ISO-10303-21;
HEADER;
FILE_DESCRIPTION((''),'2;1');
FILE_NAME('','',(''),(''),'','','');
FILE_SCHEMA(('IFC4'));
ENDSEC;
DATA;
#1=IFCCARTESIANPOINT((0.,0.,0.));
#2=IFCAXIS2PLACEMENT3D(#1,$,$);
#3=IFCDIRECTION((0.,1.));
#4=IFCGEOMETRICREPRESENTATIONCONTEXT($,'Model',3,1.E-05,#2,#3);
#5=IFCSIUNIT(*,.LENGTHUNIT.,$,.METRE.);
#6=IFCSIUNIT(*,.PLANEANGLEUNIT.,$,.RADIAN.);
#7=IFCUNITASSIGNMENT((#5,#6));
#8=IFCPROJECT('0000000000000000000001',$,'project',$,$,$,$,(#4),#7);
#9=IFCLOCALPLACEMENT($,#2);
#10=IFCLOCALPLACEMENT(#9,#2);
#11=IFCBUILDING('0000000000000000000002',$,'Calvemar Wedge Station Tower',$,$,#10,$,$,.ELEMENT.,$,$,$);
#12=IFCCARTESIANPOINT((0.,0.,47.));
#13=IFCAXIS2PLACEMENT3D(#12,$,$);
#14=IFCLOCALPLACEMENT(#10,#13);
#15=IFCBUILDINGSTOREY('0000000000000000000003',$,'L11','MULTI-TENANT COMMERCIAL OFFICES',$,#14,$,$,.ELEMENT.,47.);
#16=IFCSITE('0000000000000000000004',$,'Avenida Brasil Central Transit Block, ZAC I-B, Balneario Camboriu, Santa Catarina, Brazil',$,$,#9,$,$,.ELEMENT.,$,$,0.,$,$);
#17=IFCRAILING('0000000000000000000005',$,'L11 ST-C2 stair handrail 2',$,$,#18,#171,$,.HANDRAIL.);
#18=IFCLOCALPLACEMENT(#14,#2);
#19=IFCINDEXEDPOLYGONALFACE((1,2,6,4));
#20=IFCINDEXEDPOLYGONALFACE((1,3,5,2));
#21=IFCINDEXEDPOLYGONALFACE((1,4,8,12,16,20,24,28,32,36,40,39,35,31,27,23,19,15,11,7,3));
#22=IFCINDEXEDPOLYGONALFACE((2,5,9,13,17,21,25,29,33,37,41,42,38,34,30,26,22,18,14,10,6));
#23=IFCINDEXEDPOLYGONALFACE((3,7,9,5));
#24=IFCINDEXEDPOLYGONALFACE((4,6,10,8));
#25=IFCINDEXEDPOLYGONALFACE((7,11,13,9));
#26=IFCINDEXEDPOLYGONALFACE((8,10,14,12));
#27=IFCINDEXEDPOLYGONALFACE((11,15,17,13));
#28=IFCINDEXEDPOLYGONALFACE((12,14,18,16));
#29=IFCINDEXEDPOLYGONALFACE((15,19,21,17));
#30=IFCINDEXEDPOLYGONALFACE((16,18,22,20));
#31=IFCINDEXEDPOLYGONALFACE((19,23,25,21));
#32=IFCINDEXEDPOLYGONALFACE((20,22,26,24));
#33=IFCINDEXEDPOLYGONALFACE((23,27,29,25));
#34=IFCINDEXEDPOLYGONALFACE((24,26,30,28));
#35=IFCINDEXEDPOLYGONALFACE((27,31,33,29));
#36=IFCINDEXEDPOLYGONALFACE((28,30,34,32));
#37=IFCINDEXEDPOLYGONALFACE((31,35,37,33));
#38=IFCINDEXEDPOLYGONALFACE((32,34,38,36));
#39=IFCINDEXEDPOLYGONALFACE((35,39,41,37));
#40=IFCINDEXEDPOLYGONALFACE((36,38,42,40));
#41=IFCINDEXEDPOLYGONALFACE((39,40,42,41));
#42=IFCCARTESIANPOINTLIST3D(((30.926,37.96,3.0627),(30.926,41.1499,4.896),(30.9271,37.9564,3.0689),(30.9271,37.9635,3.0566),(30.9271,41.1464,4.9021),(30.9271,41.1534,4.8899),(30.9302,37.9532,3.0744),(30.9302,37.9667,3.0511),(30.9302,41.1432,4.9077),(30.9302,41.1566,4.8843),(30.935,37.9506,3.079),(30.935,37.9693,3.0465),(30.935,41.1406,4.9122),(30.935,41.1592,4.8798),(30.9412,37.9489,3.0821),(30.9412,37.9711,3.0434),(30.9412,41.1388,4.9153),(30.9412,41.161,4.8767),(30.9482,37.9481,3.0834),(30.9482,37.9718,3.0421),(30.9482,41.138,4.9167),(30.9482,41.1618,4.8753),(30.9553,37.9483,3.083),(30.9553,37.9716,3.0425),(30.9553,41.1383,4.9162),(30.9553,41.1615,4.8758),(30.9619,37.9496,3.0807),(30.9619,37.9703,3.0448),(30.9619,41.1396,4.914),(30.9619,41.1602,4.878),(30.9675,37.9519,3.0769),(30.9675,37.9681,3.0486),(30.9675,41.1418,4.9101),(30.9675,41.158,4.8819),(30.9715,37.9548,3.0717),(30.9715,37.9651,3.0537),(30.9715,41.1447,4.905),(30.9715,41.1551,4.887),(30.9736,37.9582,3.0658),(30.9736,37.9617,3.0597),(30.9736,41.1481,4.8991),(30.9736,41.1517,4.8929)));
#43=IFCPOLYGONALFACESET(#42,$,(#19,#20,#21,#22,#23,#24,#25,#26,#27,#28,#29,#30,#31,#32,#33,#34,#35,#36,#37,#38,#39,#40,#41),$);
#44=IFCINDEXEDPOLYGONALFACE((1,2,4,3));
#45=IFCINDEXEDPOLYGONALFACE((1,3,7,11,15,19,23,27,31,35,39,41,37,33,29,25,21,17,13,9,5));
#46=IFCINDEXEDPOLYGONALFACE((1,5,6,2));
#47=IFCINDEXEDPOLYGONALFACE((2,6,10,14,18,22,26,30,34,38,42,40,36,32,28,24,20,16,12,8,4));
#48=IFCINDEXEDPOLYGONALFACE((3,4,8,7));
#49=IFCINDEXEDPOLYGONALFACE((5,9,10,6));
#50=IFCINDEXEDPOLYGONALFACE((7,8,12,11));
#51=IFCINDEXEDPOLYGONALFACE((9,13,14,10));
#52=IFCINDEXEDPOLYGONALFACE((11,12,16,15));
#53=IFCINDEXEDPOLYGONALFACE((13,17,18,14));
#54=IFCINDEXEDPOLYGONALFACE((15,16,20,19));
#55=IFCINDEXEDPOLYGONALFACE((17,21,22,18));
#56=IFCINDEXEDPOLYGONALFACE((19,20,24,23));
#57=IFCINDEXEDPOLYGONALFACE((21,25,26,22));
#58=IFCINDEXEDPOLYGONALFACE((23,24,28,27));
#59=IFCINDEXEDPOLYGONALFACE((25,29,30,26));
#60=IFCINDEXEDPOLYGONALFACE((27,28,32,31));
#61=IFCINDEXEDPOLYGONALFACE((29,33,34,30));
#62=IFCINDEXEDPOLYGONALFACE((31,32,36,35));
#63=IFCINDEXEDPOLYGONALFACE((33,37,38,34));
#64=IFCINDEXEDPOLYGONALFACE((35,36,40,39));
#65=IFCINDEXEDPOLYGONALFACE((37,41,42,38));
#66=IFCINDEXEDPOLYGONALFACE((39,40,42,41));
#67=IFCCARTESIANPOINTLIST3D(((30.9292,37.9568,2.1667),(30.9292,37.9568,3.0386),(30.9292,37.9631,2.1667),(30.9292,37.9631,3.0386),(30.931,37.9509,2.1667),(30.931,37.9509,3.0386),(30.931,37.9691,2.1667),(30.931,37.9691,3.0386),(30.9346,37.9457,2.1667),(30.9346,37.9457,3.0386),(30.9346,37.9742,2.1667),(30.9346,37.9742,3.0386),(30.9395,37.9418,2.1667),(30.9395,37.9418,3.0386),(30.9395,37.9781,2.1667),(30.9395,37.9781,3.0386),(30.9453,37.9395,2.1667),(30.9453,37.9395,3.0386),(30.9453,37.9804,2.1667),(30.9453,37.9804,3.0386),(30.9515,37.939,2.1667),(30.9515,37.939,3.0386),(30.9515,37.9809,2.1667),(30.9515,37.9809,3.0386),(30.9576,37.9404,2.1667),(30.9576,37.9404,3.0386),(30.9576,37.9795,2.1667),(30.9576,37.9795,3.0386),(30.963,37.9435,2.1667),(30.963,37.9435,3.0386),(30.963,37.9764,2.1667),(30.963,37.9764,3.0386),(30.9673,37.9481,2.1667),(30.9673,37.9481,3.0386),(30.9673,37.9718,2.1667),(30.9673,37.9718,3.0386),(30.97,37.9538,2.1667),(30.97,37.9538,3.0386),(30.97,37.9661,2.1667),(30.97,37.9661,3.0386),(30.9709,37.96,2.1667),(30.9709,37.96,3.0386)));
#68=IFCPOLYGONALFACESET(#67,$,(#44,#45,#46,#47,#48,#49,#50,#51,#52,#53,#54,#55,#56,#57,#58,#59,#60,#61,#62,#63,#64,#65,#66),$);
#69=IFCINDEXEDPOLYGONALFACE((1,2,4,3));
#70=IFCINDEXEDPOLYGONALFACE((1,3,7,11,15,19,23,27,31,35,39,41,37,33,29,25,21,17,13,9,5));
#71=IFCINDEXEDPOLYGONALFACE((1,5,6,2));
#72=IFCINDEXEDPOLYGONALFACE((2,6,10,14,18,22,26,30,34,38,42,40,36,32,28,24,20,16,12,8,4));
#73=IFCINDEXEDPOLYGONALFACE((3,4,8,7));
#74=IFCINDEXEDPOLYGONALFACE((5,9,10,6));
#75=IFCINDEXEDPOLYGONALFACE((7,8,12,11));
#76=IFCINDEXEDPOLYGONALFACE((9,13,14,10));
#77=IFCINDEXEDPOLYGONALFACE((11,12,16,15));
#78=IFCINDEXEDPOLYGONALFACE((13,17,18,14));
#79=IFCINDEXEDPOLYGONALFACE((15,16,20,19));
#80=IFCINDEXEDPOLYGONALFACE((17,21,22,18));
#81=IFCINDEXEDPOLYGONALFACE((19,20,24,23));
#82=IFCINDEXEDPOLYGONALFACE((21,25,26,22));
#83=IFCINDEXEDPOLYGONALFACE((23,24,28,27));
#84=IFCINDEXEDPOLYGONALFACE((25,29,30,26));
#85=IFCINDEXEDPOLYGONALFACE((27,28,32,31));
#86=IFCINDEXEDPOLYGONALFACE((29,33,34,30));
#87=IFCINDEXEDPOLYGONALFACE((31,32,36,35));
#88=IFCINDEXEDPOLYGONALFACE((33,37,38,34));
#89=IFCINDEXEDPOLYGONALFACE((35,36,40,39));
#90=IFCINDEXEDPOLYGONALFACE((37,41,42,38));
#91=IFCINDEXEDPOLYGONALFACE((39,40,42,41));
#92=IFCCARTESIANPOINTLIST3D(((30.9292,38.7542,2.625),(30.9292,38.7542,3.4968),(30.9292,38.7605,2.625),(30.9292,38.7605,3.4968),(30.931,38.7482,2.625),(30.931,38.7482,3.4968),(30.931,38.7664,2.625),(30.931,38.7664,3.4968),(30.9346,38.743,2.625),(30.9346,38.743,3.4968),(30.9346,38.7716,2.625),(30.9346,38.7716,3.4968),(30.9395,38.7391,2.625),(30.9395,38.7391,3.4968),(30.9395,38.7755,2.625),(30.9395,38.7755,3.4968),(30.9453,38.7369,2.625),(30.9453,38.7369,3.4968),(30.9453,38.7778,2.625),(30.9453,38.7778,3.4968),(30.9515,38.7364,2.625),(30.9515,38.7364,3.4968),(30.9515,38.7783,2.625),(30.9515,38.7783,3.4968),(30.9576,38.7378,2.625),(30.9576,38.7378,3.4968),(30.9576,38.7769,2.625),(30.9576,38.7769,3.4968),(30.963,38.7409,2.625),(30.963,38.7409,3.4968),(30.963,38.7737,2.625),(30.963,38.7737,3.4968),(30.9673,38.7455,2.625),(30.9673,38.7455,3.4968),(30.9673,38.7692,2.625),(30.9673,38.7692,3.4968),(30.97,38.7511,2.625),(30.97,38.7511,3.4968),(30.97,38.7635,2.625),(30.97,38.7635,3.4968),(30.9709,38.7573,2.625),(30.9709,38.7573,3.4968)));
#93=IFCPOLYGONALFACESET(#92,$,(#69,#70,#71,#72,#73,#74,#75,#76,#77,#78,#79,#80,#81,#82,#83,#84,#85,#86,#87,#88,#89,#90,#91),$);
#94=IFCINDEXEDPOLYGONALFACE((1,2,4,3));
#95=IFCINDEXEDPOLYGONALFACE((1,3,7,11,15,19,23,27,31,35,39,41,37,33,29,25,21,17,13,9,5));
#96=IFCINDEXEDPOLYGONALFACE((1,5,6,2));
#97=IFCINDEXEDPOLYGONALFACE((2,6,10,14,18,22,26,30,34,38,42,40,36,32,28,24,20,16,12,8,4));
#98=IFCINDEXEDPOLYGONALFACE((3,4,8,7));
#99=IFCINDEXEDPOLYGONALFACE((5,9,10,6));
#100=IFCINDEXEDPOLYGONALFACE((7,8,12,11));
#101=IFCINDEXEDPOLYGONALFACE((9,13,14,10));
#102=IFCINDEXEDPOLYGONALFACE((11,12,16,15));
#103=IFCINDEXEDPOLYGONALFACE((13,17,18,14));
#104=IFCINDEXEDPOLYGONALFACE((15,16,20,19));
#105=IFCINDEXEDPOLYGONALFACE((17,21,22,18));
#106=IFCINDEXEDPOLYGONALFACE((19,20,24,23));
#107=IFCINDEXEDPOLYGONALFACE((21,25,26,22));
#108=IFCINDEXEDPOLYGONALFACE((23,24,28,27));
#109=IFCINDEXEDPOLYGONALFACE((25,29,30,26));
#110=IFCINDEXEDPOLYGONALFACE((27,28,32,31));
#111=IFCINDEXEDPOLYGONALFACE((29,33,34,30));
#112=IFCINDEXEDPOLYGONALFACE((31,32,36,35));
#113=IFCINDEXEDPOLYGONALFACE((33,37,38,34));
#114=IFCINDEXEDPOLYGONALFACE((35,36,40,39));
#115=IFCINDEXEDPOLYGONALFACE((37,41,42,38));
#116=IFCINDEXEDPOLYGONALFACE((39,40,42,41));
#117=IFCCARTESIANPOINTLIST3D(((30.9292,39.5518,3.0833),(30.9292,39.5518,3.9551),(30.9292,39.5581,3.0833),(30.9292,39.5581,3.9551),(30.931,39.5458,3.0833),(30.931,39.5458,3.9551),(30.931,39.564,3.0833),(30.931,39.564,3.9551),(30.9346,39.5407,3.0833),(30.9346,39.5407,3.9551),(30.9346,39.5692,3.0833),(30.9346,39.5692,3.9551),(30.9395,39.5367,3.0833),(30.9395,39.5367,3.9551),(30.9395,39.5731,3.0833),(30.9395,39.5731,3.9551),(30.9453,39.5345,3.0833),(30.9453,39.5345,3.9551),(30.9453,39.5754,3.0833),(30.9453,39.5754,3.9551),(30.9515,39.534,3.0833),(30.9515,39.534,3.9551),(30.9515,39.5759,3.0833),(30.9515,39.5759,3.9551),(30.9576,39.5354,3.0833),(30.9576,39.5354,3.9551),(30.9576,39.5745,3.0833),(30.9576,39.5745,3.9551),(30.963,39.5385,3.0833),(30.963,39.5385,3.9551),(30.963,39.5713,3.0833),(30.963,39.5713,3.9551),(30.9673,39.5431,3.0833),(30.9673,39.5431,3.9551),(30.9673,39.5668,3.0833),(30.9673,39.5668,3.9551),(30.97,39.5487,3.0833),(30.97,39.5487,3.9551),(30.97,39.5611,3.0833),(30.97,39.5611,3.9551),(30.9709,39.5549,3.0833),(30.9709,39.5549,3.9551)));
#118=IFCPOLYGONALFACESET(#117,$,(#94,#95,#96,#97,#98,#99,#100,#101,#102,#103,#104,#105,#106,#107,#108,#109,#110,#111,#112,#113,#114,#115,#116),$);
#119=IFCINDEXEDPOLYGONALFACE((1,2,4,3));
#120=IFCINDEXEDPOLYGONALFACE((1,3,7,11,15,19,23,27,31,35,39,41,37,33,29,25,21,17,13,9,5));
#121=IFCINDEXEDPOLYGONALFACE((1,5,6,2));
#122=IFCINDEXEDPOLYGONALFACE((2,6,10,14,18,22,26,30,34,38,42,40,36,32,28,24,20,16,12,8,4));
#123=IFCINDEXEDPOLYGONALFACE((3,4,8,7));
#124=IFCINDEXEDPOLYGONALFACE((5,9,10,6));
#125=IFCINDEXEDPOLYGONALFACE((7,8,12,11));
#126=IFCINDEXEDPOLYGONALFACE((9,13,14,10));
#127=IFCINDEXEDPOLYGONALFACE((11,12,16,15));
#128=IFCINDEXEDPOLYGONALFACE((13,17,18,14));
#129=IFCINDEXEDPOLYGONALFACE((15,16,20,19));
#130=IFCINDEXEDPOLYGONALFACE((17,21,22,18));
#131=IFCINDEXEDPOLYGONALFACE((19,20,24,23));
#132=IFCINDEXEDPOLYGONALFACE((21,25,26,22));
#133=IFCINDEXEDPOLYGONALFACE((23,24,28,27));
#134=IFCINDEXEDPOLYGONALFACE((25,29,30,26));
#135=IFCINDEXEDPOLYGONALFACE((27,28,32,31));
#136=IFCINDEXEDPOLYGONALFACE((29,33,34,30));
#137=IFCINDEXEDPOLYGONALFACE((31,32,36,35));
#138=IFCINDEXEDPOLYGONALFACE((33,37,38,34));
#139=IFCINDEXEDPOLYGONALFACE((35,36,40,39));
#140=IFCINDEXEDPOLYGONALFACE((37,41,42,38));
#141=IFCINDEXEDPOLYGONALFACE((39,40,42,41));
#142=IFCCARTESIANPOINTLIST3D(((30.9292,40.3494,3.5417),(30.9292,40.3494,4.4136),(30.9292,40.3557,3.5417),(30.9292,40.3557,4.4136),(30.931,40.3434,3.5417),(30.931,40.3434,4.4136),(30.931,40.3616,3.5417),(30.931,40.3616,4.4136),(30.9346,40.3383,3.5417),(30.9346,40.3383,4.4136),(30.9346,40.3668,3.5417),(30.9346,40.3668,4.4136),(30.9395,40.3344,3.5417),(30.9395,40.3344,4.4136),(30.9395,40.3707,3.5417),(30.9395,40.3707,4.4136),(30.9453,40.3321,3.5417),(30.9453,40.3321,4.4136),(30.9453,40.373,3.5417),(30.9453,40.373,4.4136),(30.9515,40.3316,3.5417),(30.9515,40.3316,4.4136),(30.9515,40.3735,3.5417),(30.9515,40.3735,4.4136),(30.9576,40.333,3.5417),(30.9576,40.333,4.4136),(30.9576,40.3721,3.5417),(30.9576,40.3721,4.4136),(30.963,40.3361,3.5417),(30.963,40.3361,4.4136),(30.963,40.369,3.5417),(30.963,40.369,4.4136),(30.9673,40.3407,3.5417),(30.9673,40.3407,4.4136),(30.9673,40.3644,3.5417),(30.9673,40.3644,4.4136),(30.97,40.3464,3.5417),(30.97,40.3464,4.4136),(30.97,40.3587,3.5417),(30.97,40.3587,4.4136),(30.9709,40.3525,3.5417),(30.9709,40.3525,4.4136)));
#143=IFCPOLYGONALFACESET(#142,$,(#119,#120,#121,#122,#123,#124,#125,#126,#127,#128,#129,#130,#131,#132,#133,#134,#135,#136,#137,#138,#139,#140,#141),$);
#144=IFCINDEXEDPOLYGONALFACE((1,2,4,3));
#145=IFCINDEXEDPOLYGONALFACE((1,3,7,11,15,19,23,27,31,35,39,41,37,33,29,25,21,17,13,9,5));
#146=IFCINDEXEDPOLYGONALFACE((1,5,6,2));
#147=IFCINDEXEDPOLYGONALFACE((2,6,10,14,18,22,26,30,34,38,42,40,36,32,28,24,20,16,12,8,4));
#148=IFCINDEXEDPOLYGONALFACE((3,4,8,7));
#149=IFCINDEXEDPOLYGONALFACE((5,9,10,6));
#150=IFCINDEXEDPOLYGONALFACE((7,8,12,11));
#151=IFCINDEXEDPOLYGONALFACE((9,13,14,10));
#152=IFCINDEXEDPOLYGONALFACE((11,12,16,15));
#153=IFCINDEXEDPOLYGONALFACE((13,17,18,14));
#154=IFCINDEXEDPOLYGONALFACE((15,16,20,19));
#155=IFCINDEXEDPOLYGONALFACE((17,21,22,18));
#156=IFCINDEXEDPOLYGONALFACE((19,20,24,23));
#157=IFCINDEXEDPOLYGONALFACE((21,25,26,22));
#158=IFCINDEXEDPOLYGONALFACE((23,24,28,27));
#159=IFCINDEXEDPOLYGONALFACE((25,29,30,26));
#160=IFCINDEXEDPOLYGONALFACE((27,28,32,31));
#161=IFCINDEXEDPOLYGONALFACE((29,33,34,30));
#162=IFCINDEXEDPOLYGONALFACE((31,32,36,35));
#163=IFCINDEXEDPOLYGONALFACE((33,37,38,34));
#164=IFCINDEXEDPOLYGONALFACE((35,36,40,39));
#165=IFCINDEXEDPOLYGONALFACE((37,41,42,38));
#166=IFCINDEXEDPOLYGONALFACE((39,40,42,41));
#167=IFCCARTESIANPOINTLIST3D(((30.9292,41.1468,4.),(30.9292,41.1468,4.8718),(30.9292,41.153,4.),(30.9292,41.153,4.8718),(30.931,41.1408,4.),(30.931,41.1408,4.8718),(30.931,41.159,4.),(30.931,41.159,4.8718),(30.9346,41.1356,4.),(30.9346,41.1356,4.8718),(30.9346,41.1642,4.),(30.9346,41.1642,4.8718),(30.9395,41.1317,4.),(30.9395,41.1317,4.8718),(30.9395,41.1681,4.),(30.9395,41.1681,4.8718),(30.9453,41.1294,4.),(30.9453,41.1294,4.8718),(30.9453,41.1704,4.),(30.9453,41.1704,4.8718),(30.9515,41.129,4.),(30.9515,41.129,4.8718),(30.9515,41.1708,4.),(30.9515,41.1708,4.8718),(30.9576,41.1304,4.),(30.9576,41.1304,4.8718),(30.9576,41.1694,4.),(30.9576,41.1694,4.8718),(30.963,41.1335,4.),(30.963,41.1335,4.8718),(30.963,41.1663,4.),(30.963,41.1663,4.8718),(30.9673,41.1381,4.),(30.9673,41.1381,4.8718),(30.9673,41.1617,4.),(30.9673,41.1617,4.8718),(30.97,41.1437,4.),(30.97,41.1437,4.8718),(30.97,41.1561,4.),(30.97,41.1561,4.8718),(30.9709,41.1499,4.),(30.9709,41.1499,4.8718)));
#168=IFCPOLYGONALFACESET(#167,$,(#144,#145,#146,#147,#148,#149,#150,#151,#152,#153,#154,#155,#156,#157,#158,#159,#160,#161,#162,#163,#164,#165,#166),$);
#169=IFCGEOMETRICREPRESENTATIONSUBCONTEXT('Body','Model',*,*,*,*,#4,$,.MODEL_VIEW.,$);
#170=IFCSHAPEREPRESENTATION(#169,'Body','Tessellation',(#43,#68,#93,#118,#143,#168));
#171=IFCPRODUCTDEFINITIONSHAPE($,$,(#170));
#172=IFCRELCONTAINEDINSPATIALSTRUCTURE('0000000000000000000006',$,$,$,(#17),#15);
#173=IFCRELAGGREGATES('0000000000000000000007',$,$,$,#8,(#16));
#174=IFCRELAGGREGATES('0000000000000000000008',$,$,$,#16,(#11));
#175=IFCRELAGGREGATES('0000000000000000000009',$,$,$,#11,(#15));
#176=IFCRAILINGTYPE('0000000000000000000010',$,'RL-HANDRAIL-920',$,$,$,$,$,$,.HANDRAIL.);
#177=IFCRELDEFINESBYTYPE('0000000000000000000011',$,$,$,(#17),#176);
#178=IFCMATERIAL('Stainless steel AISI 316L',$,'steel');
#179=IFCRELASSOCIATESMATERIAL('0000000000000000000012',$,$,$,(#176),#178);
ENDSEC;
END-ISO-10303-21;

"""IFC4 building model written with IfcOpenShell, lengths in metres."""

from ifc_helpers import new_model, si_unit, direction, frame, origin, origin_2d, place, context, subcontext, project, spatial, circle, extrude, material, type_object, element, save


model = new_model("IFC4")

# Units and contexts
model_context = context("Model", 3, precision=1e-05, world=origin(), true_north=direction((0.0, 1.0)))
body_context = subcontext(model_context, "Body", "Model", "MODEL_VIEW")
ifc_project = project(units=[si_unit("LENGTHUNIT", "METRE"), si_unit("PLANEANGLEUNIT", "RADIAN")], contexts=[model_context])

# Site, building, storey
site_placement = place(None, origin())
site = spatial("IfcSite", under=ifc_project, at=site_placement, Name="Avenida Brasil Central Transit Block, ZAC I-B, Balneario Camboriu, Santa Catarina, Brazil", CompositionType="ELEMENT", RefElevation=0.0)
building_placement = place(site_placement, origin())
building = spatial("IfcBuilding", under=site, at=building_placement, Name="Calvemar Wedge Station Tower", CompositionType="ELEMENT")
storey_placement = place(building_placement, frame((0.0, 0.0, 47.0)))
storey = spatial("IfcBuildingStorey", under=building, at=storey_placement, Name="L11", Description="MULTI-TENANT COMMERCIAL OFFICES", CompositionType="ELEMENT", Elevation=47.0)

# Railing
ifc_material_1 = material(Name="Stainless steel AISI 316L", Category="steel")
railing_type_1 = type_object("IfcRailingType", Name="RL-HANDRAIL-920", PredefinedType="HANDRAIL", material=ifc_material_1)
railing_1_placement = place(storey_placement, frame((30.95, 37.96, 2.1667)))
element("IfcRailing", 1, at=railing_1_placement, inside=storey, type_object=railing_type_1, Name="L11 ST-C2 stair handrail 2", PredefinedType="HANDRAIL", context=body_context, shape_type="SweptSolid", body=[
    extrude(circle(Radius=0.0239, at=origin_2d()), frame((0.0, 0.0, 0.896), z_axis=(0.0, 0.86702, 0.498274), x_axis=(-1.0, 0.0, 0.0)), (0.0, 0.0, 1.0), 3.6792),
    extrude(circle(Radius=0.021, at=origin_2d()), origin(), (0.0, 0.0, 1.0), 0.8718),
    extrude(circle(Radius=0.021, at=origin_2d()), frame((0.0, 0.7974, 0.4583)), (0.0, 0.0, 1.0), 0.8718),
    extrude(circle(Radius=0.021, at=origin_2d()), frame((0.0, 1.595, 0.9165)), (0.0, 0.0, 1.0), 0.8718),
    extrude(circle(Radius=0.021, at=origin_2d()), frame((0.0, 2.3926, 1.375)), (0.0, 0.0, 1.0), 0.8718),
    extrude(circle(Radius=0.021, at=origin_2d()), frame((0.0, 3.1899, 1.8333)), (0.0, 0.0, 1.0), 0.8718),
])

save(model, "model.ifc")
